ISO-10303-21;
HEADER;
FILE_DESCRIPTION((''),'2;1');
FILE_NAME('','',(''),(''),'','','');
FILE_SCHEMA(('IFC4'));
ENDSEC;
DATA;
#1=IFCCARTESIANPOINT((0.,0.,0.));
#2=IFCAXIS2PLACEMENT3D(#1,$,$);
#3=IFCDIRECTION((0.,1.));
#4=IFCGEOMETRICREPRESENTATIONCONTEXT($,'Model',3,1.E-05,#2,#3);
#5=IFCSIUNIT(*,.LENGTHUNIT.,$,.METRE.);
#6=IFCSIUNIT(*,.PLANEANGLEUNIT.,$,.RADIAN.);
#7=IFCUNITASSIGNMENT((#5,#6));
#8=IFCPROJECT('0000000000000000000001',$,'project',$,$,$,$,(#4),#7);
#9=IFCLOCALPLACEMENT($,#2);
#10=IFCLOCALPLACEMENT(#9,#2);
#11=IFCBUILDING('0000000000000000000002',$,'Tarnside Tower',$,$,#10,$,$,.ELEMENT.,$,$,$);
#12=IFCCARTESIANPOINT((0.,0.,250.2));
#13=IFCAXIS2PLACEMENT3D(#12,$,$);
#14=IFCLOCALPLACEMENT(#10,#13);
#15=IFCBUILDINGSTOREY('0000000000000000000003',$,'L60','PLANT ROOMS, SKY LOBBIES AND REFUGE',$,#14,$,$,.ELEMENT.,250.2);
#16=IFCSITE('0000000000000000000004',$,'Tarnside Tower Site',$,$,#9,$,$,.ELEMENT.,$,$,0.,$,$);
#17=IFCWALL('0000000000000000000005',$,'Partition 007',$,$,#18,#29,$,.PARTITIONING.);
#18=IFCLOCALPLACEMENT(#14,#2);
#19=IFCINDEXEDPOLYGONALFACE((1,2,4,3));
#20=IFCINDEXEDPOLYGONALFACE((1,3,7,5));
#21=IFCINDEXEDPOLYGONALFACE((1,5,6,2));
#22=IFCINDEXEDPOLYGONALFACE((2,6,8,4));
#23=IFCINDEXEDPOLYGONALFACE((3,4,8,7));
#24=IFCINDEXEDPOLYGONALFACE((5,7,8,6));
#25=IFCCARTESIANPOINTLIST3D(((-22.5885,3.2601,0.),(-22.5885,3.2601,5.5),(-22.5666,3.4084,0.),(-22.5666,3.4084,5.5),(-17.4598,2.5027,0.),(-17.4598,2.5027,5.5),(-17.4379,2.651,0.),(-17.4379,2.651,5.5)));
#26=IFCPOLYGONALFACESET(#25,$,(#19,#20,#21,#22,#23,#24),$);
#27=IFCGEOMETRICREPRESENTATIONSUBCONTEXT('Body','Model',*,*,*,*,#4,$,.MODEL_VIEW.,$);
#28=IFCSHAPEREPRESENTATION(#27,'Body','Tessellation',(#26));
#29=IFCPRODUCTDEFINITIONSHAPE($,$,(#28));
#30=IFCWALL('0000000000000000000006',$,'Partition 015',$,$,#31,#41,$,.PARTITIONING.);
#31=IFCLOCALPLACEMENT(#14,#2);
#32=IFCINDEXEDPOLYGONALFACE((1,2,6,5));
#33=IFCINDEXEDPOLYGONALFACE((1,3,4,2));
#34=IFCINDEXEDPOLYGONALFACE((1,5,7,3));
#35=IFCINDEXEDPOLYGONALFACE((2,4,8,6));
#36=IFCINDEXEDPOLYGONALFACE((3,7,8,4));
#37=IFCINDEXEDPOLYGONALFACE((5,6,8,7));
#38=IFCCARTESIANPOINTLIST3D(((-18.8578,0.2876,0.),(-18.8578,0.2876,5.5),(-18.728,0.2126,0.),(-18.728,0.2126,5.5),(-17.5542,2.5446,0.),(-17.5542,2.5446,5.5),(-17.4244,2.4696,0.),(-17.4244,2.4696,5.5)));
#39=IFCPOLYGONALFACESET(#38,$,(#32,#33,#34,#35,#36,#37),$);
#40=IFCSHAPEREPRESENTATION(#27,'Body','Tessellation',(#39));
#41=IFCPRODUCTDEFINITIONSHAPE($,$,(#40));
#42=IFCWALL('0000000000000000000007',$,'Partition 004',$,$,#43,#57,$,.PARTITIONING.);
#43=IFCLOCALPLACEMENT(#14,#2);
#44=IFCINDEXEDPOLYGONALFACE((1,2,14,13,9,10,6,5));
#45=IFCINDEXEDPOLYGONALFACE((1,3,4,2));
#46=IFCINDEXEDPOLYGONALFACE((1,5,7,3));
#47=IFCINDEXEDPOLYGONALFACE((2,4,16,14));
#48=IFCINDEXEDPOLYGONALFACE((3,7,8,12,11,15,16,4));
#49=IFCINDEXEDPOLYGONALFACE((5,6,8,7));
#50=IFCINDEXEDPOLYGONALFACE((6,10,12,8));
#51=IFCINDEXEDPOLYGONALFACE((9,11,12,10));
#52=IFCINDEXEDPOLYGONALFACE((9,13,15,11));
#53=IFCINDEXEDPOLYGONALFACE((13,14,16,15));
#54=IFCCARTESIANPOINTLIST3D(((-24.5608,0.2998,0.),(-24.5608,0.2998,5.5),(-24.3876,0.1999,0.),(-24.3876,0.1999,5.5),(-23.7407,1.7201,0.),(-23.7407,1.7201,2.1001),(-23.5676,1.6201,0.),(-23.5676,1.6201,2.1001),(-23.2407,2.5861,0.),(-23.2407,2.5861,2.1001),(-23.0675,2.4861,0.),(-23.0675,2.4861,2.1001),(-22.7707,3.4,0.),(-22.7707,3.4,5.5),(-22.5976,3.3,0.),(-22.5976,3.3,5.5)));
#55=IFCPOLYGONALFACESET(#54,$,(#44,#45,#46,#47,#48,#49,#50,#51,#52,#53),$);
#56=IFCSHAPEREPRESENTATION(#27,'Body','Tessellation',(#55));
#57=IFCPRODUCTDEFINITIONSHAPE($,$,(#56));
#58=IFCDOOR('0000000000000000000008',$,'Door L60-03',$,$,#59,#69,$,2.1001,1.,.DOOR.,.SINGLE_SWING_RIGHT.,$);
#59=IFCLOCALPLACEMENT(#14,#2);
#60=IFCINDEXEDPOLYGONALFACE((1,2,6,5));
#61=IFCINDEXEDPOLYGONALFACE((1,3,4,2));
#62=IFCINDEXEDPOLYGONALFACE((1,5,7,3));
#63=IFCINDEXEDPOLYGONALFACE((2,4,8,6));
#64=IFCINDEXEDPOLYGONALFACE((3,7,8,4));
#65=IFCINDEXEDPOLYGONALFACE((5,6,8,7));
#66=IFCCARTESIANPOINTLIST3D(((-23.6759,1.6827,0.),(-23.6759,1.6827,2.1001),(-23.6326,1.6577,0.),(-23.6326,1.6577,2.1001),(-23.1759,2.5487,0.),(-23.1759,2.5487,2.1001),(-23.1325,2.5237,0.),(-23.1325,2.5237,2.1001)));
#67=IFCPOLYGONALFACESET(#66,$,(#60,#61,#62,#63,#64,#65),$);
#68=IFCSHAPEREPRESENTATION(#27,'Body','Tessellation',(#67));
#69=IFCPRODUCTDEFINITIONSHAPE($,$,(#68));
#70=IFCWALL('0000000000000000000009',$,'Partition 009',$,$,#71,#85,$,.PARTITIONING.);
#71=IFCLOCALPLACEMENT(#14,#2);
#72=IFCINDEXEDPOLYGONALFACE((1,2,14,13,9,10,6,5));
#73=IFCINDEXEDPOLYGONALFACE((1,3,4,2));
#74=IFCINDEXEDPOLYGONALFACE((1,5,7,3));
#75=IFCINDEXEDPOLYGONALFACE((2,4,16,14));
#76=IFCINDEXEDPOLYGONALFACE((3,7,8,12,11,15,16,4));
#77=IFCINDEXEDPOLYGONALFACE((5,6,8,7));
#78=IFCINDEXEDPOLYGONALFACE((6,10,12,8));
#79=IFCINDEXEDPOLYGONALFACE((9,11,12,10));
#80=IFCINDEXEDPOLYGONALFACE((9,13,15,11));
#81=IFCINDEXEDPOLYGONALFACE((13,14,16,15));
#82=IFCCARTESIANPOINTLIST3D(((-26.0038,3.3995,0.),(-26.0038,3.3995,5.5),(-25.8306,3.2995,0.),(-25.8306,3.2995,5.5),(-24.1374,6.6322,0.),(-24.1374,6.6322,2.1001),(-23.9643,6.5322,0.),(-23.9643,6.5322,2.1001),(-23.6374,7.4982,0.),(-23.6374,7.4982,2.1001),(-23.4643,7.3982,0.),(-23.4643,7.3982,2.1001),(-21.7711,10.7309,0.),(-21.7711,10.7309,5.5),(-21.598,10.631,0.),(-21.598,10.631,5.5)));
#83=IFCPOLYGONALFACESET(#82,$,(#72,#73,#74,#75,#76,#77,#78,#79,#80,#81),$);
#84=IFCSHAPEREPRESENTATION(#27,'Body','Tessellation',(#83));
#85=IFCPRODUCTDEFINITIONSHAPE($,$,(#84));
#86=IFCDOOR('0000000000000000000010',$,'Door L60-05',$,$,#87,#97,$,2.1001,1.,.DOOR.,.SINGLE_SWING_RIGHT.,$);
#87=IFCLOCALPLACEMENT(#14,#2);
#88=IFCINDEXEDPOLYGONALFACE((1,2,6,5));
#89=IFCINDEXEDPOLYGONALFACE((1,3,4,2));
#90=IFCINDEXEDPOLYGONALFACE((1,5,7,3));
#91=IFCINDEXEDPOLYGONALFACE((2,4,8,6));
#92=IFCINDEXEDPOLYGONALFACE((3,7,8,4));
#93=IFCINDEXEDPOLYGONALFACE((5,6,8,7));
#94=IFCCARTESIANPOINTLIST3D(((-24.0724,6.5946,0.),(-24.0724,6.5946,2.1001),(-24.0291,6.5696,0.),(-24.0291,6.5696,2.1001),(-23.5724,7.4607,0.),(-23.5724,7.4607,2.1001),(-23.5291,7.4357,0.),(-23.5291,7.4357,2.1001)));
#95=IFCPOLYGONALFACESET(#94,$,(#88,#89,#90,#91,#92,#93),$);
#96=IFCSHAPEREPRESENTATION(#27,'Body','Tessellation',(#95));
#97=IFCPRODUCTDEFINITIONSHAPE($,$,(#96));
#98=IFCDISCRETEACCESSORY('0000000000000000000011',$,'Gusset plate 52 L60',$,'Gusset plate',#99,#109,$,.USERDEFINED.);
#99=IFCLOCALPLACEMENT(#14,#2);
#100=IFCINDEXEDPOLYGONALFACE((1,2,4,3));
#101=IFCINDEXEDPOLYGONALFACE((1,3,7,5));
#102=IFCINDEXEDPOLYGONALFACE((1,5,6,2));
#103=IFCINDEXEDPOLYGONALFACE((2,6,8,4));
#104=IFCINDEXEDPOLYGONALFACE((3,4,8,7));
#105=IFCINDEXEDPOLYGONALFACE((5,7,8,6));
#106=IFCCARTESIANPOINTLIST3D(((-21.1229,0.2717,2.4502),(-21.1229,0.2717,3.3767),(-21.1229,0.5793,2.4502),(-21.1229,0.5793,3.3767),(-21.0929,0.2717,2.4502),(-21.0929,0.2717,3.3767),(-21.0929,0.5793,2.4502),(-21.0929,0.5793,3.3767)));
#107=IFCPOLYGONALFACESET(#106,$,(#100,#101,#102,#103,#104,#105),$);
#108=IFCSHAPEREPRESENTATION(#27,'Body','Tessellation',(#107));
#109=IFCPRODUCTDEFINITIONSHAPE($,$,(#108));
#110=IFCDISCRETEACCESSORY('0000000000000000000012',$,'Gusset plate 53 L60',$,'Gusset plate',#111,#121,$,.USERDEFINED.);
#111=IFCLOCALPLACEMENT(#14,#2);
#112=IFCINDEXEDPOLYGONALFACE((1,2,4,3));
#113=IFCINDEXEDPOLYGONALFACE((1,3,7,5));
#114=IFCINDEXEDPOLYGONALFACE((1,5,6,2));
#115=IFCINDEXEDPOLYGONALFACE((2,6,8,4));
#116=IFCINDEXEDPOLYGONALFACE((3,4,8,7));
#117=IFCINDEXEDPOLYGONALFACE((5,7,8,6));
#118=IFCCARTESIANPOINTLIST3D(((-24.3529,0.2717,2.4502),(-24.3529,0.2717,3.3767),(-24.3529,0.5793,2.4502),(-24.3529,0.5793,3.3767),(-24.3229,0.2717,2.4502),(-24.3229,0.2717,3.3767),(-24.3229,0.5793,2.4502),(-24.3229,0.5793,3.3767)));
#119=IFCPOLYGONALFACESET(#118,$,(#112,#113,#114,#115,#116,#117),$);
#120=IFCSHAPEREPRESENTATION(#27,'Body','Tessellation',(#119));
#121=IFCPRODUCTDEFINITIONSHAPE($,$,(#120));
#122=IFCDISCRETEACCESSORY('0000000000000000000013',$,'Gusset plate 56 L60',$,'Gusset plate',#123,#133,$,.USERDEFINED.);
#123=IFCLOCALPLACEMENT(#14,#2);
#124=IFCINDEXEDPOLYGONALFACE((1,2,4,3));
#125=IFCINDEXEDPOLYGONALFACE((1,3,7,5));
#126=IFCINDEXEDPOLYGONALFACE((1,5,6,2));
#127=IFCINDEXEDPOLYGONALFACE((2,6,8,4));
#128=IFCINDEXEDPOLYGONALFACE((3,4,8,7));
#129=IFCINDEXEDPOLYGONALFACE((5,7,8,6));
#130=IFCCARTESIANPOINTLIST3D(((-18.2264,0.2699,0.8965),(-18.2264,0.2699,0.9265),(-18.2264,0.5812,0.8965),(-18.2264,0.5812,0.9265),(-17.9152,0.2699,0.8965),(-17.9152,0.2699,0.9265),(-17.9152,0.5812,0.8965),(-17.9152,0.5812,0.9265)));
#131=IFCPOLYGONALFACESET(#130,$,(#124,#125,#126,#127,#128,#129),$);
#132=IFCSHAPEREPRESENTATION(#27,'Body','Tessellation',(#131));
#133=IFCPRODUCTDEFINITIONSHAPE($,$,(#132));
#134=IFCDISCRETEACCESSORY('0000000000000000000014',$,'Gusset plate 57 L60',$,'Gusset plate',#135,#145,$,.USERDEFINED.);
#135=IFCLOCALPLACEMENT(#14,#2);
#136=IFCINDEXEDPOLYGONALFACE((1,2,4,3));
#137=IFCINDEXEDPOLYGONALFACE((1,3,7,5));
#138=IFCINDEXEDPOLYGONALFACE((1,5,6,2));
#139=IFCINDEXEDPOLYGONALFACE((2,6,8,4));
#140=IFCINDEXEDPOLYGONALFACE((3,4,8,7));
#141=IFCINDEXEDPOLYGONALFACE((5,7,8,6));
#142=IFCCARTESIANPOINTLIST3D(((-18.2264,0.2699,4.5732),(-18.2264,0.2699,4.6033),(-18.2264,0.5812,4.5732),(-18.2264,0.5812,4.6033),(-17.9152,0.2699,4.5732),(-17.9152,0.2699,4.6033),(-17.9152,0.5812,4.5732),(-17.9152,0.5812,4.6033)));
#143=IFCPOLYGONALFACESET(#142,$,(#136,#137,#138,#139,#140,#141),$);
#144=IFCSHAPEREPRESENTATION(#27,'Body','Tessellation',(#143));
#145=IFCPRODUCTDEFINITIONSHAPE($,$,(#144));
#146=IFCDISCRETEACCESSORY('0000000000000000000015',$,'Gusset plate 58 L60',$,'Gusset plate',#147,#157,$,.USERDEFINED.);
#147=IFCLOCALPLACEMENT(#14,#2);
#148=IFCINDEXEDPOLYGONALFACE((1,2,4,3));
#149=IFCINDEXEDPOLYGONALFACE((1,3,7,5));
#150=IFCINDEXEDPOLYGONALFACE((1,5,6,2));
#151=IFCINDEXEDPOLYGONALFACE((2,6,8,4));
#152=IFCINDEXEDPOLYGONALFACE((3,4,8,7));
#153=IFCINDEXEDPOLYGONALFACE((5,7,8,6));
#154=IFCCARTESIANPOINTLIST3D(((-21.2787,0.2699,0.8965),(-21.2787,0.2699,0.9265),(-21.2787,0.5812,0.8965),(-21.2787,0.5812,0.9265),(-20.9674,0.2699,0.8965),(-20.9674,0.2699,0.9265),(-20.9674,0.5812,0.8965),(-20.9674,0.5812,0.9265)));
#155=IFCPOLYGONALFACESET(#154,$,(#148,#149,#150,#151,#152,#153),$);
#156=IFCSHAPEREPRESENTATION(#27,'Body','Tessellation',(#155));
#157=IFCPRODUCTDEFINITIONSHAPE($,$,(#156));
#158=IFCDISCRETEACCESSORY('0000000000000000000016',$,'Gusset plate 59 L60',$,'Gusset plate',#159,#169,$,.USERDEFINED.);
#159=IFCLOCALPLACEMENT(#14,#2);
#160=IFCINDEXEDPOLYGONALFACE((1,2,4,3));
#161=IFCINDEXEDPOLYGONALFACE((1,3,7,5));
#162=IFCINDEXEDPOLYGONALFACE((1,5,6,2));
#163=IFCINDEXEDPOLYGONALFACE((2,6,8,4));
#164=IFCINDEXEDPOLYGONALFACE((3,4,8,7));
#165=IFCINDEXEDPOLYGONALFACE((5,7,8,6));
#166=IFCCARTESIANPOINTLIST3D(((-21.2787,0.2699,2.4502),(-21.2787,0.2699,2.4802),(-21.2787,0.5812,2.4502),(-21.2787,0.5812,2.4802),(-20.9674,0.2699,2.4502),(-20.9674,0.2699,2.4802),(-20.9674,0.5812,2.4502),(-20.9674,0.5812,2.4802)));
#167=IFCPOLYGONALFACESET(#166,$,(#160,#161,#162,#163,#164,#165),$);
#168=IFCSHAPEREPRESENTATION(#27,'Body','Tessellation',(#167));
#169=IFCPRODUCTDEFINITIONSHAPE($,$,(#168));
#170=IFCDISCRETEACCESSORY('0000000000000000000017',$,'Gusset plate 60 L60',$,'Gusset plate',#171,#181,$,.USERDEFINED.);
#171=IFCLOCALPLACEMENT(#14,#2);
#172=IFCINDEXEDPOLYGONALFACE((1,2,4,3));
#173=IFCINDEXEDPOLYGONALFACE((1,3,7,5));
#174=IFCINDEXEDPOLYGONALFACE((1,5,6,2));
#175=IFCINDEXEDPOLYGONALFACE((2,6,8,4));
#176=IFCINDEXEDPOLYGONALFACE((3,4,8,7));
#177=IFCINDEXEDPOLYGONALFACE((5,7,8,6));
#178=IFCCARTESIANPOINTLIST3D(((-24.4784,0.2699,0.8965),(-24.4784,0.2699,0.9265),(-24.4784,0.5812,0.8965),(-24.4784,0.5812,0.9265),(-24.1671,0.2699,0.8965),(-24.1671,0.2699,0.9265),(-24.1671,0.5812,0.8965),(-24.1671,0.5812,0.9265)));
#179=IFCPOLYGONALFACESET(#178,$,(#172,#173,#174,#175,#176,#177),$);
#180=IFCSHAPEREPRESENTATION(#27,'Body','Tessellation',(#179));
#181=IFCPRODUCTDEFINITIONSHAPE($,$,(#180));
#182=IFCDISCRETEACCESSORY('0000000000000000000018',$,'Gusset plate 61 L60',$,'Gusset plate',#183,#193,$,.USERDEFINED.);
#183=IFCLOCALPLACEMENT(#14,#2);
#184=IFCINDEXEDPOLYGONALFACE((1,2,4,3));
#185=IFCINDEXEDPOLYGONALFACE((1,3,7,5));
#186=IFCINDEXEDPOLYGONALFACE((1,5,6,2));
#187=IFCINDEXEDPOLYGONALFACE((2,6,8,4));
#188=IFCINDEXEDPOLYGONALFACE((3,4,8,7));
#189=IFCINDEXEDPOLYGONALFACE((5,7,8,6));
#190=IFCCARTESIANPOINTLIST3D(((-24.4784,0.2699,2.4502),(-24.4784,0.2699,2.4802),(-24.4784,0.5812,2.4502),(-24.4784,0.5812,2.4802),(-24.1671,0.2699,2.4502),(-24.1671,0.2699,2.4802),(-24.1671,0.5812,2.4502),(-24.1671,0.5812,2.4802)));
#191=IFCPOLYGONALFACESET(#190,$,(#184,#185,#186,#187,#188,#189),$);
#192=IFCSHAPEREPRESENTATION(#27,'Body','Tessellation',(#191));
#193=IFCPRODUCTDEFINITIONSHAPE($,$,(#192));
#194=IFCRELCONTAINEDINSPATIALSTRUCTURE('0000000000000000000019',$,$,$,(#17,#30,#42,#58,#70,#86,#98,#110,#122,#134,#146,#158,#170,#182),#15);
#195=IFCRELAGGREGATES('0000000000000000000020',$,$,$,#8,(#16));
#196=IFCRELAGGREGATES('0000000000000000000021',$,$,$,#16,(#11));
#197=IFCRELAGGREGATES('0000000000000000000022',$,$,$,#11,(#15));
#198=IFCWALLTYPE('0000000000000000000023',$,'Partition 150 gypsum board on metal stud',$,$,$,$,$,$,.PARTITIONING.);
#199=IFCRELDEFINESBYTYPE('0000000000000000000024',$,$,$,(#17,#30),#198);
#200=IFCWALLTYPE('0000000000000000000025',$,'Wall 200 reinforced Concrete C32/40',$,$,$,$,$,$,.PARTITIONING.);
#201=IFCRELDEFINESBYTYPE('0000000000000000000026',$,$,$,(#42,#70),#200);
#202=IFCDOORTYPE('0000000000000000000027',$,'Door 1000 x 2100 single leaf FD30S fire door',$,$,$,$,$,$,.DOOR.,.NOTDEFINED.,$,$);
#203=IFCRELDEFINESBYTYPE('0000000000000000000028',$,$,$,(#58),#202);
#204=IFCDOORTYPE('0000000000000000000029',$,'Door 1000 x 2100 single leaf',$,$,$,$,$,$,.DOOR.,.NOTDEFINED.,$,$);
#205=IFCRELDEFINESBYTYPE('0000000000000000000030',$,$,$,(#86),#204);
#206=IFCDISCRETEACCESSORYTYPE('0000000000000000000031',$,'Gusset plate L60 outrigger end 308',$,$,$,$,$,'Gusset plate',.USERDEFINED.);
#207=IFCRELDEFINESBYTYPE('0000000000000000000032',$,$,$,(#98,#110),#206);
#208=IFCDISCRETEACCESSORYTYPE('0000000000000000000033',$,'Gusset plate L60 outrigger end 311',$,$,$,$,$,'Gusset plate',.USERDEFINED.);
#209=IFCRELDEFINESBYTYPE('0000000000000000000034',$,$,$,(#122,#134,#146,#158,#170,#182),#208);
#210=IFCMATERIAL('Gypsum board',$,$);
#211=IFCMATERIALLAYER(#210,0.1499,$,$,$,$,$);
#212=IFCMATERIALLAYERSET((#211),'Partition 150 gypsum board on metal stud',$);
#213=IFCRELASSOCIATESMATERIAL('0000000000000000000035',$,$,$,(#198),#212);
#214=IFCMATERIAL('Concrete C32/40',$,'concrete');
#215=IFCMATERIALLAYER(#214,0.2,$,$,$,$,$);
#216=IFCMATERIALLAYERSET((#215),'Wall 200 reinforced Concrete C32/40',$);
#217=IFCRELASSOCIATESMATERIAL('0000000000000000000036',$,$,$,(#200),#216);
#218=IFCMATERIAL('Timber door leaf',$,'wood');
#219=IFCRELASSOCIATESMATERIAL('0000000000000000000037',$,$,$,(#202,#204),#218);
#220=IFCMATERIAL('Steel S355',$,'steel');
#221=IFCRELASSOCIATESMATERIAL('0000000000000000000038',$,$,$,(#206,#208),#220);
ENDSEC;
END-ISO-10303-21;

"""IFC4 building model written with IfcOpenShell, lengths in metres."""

from ifc_helpers import new_model, si_unit, direction, frame, frame_2d, origin, origin_2d, place, context, subcontext, project, spatial, rectangle, extrude, material, layer, layer_set, type_object, element, fill, save


model = new_model("IFC4")

# Units and contexts
model_context = context("Model", 3, precision=1e-05, world=origin(), true_north=direction((0.0, 1.0)))
body_context = subcontext(model_context, "Body", "Model", "MODEL_VIEW")
ifc_project = project(units=[si_unit("LENGTHUNIT", "METRE"), si_unit("PLANEANGLEUNIT", "RADIAN")], contexts=[model_context])

# Site, building, storey
site_placement = place(None, origin())
site = spatial("IfcSite", under=ifc_project, at=site_placement, Name="Tarnside Tower Site", CompositionType="ELEMENT", RefElevation=0.0)
building_placement = place(site_placement, origin())
building = spatial("IfcBuilding", under=site, at=building_placement, Name="Tarnside Tower", CompositionType="ELEMENT")
storey_placement = place(building_placement, frame((0.0, 0.0, 250.2)))
storey = spatial("IfcBuildingStorey", under=building, at=storey_placement, Name="L60", Description="PLANT ROOMS, SKY LOBBIES AND REFUGE", CompositionType="ELEMENT", Elevation=250.2)

# Shared definitions
ifc_material_1 = material(Name="Steel S355", Category="steel")

# Walls
ifc_material_2 = material(Name="Gypsum board")
ifc_layer_1 = layer(ifc_material_2, 0.1499)
ifc_layer_set_1 = layer_set([ifc_layer_1], Name="Partition 150 gypsum board on metal stud")
wall_type_1 = type_object("IfcWallType", Name="Partition 150 gypsum board on metal stud", PredefinedType="PARTITIONING", material=ifc_layer_set_1)
wall_1_placement = place(storey_placement, frame((-22.5776, 3.3342, 0.0), z_axis=(0.0, 0.0, 1.0), x_axis=(0.989273, -0.146081, 0.0)))
element("IfcWall", 1, at=wall_1_placement, inside=storey, type_object=wall_type_1, Name="Partition 007", PredefinedType="PARTITIONING", context=body_context, shape_type="SweptSolid", body=[
    extrude(rectangle(XDim=5.1843, YDim=0.1499, at=frame_2d((2.5923, 0.0))), origin(), (0.0, 0.0, 1.0), 5.5),
])
wall_2_placement = place(storey_placement, frame((-17.4893, 2.5071, 0.0), z_axis=(0.0, 0.0, 1.0), x_axis=(-0.500168, -0.865928, 0.0)))
element("IfcWall", 2, at=wall_2_placement, inside=storey, type_object=wall_type_1, Name="Partition 015", PredefinedType="PARTITIONING", context=body_context, shape_type="SweptSolid", body=[
    extrude(rectangle(XDim=2.6064, YDim=0.1499, at=frame_2d((1.3032, 0.0))), origin(), (0.0, 0.0, 1.0), 5.5),
])

# Walls, openings, doors
ifc_material_3 = material(Name="Concrete C32/40", Category="concrete")
ifc_layer_2 = layer(ifc_material_3, 0.2)
ifc_layer_set_2 = layer_set([ifc_layer_2], Name="Wall 200 reinforced Concrete C32/40")
wall_type_2 = type_object("IfcWallType", Name="Wall 200 reinforced Concrete C32/40", PredefinedType="PARTITIONING", material=ifc_layer_set_2)
wall_3_placement = place(storey_placement, frame((-22.6841, 3.3501, 0.0), z_axis=(0.0, 0.0, 1.0), x_axis=(-0.500041, -0.866002, 0.0)))
wall_3 = element("IfcWall", 3, at=wall_3_placement, inside=storey, type_object=wall_type_2, Name="Partition 004", PredefinedType="PARTITIONING", context=body_context, shape_type="SweptSolid", body=[
    extrude(rectangle(XDim=3.5798, YDim=0.2, at=frame_2d((1.79, 0.0))), origin(), (0.0, 0.0, 1.0), 5.5),
])
opening_1_placement = place(wall_3_placement, frame((0.9399, 0.0, 0.0)))
opening_1 = element("IfcOpeningElement", 4, at=opening_1_placement, cuts=wall_3, PredefinedType="OPENING", context=body_context, shape_type="SweptSolid", body=[
    extrude(rectangle(XDim=1.0, YDim=2.1001, at=frame_2d((0.5, 1.05))), frame((0.0, 0.1099, 0.0), z_axis=(0.0, -1.0, 0.0), x_axis=(1.0, 0.0, 0.0)), (0.0, 0.0, 1.0), 0.22),
])
ifc_material_4 = material(Name="Timber door leaf", Category="wood")
door_type_1 = type_object("IfcDoorType", Name="Door 1000 x 2100 single leaf FD30S fire door", OperationType="NOTDEFINED", PredefinedType="DOOR", material=ifc_material_4)
door_1_placement = place(opening_1_placement, origin())
door_1 = element("IfcDoor", 5, at=door_1_placement, inside=storey, type_object=door_type_1, Name="Door L60-03", OperationType="SINGLE_SWING_RIGHT", OverallHeight=2.1001, OverallWidth=1.0, PredefinedType="DOOR", context=body_context, shape_type="SweptSolid", body=[
    extrude(rectangle(XDim=1.0, YDim=2.1001, at=frame_2d((0.5, 1.05))), frame((0.0, 0.0249, 0.0), z_axis=(0.0, -1.0, 0.0), x_axis=(1.0, 0.0, 0.0)), (0.0, 0.0, 1.0), 0.05),
])
fill(opening_1, door_1)
wall_4_placement = place(storey_placement, frame((-25.9172, 3.3494, 0.0), z_axis=(0.0, 0.0, 1.0), x_axis=(0.499982, 0.866036, 0.0)))
wall_4 = element("IfcWall", 6, at=wall_4_placement, inside=storey, type_object=wall_type_2, Name="Partition 009", PredefinedType="PARTITIONING", context=body_context, shape_type="SweptSolid", body=[
    extrude(rectangle(XDim=8.4656, YDim=0.2, at=frame_2d((4.2329, 0.0))), origin(), (0.0, 0.0, 1.0), 5.5),
])
opening_2_placement = place(wall_4_placement, frame((3.7329, 0.0, 0.0)))
opening_2 = element("IfcOpeningElement", 7, at=opening_2_placement, cuts=wall_4, PredefinedType="OPENING", context=body_context, shape_type="SweptSolid", body=[
    extrude(rectangle(XDim=1.0, YDim=2.1001, at=frame_2d((0.5, 1.05))), frame((0.0, 0.1099, 0.0), z_axis=(0.0, -1.0, 0.0), x_axis=(1.0, 0.0, 0.0)), (0.0, 0.0, 1.0), 0.22),
])
door_type_2 = type_object("IfcDoorType", Name="Door 1000 x 2100 single leaf", OperationType="NOTDEFINED", PredefinedType="DOOR", material=ifc_material_4)
door_2_placement = place(opening_2_placement, origin())
door_2 = element("IfcDoor", 8, at=door_2_placement, inside=storey, type_object=door_type_2, Name="Door L60-05", OperationType="SINGLE_SWING_RIGHT", OverallHeight=2.1001, OverallWidth=1.0, PredefinedType="DOOR", context=body_context, shape_type="SweptSolid", body=[
    extrude(rectangle(XDim=1.0, YDim=2.1001, at=frame_2d((0.5, 1.05))), frame((0.0, 0.0249, 0.0), z_axis=(0.0, -1.0, 0.0), x_axis=(1.0, 0.0, 0.0)), (0.0, 0.0, 1.0), 0.05),
])
fill(opening_2, door_2)

# Discrete accessories
discrete_accessory_type_1 = type_object("IfcDiscreteAccessoryType", Name="Gusset plate L60 outrigger end 308", ElementType="Gusset plate", PredefinedType="USERDEFINED", material=ifc_material_1)
for number, where, z_axis, x_axis, name in (
    (9, (-21.1079, 0.4255, 2.4502), (0.0, 0.0, 1.0), (1.0, 0.0, 0.0), "Gusset plate 52 L60"),
    (10, (-24.3379, 0.4255, 2.4502), (0.0, 0.0, 1.0), (-1.0, 0.0, 0.0), "Gusset plate 53 L60"),
):
    element("IfcDiscreteAccessory", number, at=place(storey_placement, frame(where, z_axis=z_axis, x_axis=x_axis)), inside=storey, type_object=discrete_accessory_type_1, Name=name, ObjectType="Gusset plate", PredefinedType="USERDEFINED", context=body_context, shape_type="SweptSolid", body=[
        extrude(rectangle(XDim=0.03, YDim=0.3076, at=origin_2d()), origin(), (0.0, 0.0, 1.0), 0.9265),
    ])
discrete_accessory_type_2 = type_object("IfcDiscreteAccessoryType", Name="Gusset plate L60 outrigger end 311", ElementType="Gusset plate", PredefinedType="USERDEFINED", material=ifc_material_1)
for number, where, z_axis, x_axis, name in (
    (11, (-18.0708, 0.4255, 0.8965), (0.0, 0.0, 1.0), (1.0, 0.0, 0.0), "Gusset plate 56 L60"),
    (12, (-18.0708, 0.4255, 4.5732), (0.0, 0.0, 1.0), (1.0, 0.0, 0.0), "Gusset plate 57 L60"),
    (13, (-21.123, 0.4255, 0.8965), (0.0, 0.0, 1.0), (1.0, 0.0, 0.0), "Gusset plate 58 L60"),
    (14, (-21.123, 0.4255, 2.4502), (0.0, 0.0, 1.0), (1.0, 0.0, 0.0), "Gusset plate 59 L60"),
    (15, (-24.3228, 0.4255, 0.8965), (0.0, 0.0, 1.0), (1.0, 0.0, 0.0), "Gusset plate 60 L60"),
    (16, (-24.3228, 0.4255, 2.4502), (0.0, 0.0, 1.0), (1.0, 0.0, 0.0), "Gusset plate 61 L60"),
):
    element("IfcDiscreteAccessory", number, at=place(storey_placement, frame(where, z_axis=z_axis, x_axis=x_axis)), inside=storey, type_object=discrete_accessory_type_2, Name=name, ObjectType="Gusset plate", PredefinedType="USERDEFINED", context=body_context, shape_type="SweptSolid", body=[
        extrude(rectangle(XDim=0.3113, YDim=0.3113, at=origin_2d()), origin(), (0.0, 0.0, 1.0), 0.03),
    ])

save(model, "model.ifc")
